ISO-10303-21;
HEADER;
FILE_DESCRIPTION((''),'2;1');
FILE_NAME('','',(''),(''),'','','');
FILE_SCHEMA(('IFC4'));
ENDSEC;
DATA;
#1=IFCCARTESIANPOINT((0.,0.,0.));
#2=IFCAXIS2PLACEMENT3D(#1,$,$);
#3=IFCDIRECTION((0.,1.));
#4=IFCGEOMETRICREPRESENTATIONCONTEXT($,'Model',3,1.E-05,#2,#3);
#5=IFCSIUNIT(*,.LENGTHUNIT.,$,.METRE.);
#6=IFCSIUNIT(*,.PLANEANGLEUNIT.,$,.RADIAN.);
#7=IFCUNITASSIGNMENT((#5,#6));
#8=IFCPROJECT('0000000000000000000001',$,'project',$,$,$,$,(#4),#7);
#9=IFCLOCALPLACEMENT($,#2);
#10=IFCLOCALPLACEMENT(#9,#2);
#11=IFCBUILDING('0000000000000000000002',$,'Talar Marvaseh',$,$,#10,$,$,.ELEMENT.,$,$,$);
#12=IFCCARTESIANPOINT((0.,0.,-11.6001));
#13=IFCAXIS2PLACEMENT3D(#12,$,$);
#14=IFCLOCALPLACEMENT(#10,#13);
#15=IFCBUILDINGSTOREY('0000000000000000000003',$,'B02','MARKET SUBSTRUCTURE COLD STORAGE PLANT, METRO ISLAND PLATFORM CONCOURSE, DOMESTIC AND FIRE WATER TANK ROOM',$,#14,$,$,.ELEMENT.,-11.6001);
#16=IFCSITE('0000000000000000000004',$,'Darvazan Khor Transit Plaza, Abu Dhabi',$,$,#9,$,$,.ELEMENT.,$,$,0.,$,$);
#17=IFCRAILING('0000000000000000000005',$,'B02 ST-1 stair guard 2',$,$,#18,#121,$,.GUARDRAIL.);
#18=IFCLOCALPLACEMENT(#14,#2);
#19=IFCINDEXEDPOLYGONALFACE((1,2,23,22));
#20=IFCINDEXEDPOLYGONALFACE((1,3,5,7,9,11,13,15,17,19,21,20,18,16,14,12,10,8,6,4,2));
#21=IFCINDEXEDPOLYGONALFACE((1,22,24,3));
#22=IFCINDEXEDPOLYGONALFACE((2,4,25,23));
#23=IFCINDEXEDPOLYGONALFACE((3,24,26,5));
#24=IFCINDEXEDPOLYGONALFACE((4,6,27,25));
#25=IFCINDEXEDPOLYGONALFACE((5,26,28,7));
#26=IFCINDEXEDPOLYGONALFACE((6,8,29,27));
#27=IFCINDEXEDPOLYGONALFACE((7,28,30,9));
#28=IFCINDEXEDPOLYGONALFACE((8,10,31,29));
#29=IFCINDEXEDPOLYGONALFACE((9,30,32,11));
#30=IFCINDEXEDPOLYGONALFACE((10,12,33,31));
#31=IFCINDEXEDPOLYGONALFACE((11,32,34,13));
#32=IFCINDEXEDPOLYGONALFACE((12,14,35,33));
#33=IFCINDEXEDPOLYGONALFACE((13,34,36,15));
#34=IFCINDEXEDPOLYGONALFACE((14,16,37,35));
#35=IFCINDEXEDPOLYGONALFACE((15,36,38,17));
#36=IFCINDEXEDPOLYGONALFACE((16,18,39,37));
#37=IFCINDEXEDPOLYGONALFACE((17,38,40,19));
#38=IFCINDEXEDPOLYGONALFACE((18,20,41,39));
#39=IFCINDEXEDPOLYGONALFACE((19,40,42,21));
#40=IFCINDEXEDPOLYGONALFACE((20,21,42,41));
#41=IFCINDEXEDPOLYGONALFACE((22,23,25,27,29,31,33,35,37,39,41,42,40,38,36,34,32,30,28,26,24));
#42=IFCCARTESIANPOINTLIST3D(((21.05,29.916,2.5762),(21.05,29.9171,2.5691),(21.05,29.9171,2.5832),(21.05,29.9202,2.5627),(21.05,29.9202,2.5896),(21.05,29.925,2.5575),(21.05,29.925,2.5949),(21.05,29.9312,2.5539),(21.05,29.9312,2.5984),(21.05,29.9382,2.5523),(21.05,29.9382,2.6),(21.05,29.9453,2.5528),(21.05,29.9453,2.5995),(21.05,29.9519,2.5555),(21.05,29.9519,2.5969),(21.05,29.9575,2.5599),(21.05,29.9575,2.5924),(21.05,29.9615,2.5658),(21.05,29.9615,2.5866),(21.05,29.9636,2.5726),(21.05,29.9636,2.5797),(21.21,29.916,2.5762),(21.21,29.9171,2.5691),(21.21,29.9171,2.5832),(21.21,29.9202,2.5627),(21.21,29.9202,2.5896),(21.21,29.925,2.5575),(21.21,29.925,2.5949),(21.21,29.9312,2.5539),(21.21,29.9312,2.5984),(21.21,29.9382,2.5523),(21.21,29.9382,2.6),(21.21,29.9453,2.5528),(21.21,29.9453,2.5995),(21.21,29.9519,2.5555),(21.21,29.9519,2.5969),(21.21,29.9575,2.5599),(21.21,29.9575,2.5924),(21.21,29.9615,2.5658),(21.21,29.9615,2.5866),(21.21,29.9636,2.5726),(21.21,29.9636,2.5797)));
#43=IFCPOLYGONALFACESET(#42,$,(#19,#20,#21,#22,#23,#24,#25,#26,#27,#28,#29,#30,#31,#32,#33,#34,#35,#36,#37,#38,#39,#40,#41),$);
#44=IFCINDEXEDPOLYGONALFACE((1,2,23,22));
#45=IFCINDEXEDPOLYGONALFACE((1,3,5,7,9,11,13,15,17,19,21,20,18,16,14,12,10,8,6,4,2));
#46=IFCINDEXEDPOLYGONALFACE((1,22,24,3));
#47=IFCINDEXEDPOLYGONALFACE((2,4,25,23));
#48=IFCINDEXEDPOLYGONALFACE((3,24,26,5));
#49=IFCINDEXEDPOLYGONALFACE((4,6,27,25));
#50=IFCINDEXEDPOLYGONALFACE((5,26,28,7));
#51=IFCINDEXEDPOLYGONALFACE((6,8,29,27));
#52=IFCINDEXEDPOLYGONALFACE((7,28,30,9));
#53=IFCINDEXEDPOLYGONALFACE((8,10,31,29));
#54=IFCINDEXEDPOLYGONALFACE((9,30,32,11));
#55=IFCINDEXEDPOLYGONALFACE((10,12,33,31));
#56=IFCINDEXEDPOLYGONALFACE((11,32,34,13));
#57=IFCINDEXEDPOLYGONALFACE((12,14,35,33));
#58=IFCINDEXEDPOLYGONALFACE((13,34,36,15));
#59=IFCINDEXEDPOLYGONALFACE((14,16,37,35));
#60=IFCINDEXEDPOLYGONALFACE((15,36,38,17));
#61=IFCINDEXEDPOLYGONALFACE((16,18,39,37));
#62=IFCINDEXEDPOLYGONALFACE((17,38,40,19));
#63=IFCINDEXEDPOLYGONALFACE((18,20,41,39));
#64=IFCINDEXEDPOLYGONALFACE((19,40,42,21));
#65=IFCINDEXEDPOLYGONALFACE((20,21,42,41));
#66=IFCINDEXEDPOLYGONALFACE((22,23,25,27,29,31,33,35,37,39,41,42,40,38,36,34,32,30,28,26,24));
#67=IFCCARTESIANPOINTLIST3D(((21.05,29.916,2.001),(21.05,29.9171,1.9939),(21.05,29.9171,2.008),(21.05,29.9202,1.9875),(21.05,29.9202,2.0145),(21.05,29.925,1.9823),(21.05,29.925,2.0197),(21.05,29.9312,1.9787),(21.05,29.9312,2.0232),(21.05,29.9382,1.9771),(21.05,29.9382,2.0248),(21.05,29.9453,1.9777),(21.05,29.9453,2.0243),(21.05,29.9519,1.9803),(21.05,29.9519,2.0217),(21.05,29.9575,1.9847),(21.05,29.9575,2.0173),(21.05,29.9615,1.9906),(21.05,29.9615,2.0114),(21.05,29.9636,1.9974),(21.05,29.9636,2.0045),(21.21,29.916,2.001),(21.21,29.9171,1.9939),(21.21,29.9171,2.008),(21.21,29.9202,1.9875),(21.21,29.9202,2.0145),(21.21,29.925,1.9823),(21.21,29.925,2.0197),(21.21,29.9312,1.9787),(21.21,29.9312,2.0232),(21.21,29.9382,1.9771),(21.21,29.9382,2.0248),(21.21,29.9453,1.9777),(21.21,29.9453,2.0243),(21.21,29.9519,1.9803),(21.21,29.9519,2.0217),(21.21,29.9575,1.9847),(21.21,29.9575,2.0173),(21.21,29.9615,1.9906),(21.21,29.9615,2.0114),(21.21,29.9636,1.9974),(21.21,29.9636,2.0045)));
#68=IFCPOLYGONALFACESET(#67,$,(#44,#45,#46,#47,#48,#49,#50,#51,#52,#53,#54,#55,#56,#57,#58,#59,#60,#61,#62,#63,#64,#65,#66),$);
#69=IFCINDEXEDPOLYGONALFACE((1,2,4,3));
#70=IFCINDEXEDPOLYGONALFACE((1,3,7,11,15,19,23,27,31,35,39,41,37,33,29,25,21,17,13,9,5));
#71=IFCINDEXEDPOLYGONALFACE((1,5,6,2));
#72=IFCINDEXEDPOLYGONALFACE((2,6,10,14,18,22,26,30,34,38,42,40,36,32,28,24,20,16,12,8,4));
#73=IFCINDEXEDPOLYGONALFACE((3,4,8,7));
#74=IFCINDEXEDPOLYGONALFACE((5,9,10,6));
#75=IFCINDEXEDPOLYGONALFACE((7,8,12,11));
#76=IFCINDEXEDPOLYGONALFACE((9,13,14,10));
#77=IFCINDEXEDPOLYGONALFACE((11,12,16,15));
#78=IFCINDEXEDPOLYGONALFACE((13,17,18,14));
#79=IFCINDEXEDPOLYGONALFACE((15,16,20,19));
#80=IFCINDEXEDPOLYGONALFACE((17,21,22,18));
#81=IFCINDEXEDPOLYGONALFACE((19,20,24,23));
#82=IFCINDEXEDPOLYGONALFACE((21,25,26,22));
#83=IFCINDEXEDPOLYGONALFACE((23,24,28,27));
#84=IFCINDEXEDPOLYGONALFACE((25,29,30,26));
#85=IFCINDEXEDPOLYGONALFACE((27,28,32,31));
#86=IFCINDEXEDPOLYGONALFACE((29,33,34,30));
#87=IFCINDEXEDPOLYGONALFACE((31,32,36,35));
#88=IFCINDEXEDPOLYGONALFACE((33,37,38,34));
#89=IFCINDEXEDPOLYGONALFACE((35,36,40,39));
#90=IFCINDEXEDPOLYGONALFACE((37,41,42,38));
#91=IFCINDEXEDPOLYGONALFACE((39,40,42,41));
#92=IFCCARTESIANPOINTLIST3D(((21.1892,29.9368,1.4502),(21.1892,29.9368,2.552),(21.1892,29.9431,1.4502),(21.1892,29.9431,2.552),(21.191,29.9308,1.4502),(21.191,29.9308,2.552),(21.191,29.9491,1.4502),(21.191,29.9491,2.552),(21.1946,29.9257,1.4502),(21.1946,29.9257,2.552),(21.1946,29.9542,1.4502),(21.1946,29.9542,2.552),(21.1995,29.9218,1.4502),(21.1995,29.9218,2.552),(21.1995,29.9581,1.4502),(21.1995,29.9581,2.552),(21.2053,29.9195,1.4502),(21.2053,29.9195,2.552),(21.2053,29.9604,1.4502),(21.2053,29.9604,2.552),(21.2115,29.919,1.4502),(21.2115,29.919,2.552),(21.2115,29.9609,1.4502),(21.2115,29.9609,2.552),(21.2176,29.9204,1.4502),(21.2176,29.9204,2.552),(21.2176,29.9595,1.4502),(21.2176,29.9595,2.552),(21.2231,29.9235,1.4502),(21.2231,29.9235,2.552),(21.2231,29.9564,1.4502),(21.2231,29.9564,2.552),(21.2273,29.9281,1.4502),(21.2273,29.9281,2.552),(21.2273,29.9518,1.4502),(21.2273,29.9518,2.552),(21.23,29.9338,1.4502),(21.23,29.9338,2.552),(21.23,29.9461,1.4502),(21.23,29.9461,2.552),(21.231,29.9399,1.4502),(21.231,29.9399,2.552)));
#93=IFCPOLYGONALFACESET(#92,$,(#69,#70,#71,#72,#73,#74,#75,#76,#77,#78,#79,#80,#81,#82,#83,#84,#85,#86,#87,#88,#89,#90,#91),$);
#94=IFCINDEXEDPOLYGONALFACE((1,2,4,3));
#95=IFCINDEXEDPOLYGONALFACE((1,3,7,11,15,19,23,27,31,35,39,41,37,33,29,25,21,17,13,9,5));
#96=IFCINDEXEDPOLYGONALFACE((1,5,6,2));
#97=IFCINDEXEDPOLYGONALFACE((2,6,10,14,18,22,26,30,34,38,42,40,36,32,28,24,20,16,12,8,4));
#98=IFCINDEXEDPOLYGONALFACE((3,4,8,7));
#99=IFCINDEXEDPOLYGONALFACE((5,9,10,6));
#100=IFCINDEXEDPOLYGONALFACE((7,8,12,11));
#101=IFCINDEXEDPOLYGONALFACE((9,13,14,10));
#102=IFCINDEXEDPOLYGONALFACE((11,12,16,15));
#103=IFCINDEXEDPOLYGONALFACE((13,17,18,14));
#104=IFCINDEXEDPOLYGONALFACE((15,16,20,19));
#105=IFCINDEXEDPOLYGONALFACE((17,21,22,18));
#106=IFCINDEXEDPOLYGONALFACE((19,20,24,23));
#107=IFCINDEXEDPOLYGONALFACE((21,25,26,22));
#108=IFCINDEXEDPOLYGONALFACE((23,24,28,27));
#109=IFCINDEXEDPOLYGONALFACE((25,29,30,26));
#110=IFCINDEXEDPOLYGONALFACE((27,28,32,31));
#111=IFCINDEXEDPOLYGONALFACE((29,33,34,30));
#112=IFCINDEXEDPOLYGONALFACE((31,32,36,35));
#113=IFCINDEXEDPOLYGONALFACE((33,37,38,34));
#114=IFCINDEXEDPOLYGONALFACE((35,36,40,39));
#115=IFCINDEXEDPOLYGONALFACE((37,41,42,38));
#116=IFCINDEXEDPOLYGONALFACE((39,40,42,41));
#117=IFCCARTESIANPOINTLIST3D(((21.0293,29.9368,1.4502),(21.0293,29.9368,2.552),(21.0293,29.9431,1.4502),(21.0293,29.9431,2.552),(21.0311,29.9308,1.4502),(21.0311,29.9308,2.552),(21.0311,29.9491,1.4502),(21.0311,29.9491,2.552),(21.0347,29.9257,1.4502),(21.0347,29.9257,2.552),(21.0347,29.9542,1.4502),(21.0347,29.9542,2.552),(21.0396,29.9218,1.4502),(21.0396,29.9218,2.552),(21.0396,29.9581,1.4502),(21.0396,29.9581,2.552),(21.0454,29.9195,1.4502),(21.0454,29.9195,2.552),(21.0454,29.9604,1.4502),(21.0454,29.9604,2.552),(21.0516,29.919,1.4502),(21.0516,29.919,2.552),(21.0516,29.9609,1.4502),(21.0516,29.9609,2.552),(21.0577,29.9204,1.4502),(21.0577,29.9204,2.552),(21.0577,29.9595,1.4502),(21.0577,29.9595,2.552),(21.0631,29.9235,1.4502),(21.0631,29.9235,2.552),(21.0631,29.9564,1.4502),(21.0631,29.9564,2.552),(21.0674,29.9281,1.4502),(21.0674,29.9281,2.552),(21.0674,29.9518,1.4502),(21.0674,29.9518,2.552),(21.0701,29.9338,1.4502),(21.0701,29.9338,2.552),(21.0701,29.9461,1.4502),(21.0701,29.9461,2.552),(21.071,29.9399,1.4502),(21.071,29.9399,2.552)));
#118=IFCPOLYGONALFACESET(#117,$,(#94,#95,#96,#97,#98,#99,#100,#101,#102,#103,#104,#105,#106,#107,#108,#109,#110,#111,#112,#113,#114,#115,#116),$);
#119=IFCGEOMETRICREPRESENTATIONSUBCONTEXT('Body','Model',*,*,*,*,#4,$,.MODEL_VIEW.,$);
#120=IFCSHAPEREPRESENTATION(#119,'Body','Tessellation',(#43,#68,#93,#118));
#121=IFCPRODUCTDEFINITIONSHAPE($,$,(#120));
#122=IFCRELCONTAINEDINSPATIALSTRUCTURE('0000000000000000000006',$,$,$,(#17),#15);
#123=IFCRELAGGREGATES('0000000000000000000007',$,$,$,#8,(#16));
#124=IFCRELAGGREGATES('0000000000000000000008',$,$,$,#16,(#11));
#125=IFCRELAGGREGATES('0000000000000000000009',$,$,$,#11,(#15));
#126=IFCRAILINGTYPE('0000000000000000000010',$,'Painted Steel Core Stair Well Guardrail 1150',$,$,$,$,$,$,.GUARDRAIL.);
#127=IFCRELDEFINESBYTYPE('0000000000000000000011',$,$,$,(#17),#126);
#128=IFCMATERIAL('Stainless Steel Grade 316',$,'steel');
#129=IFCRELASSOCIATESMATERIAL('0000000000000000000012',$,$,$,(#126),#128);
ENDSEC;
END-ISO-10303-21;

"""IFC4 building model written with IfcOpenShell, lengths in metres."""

from ifc_helpers import new_model, si_unit, direction, frame, origin, origin_2d, place, context, subcontext, project, spatial, circle, extrude, material, type_object, element, save


model = new_model("IFC4")

# Units and contexts
model_context = context("Model", 3, precision=1e-05, world=origin(), true_north=direction((0.0, 1.0)))
body_context = subcontext(model_context, "Body", "Model", "MODEL_VIEW")
ifc_project = project(units=[si_unit("LENGTHUNIT", "METRE"), si_unit("PLANEANGLEUNIT", "RADIAN")], contexts=[model_context])

# Site, building, storey
site_placement = place(None, origin())
site = spatial("IfcSite", under=ifc_project, at=site_placement, Name="Darvazan Khor Transit Plaza, Abu Dhabi", CompositionType="ELEMENT", RefElevation=0.0)
building_placement = place(site_placement, origin())
building = spatial("IfcBuilding", under=site, at=building_placement, Name="Talar Marvaseh", CompositionType="ELEMENT")
storey_placement = place(building_placement, frame((0.0, 0.0, -11.6001)))
storey = spatial("IfcBuildingStorey", under=building, at=storey_placement, Name="B02", Description="MARKET SUBSTRUCTURE COLD STORAGE PLANT, METRO ISLAND PLATFORM CONCOURSE, DOMESTIC AND FIRE WATER TANK ROOM", CompositionType="ELEMENT", Elevation=-11.6001)

# Railing
ifc_material_1 = material(Name="Stainless Steel Grade 316", Category="steel")
railing_type_1 = type_object("IfcRailingType", Name="Painted Steel Core Stair Well Guardrail 1150", PredefinedType="GUARDRAIL", material=ifc_material_1)
railing_1_placement = place(storey_placement, frame((21.21, 29.9399, 1.4502)))
element("IfcRailing", 1, at=railing_1_placement, inside=storey, type_object=railing_type_1, Name="B02 ST-1 stair guard 2", PredefinedType="GUARDRAIL", context=body_context, shape_type="SweptSolid", body=[
    extrude(circle(Radius=0.0239, at=origin_2d()), frame((0.0, 0.0, 1.126), z_axis=(-1.0, 0.0, 0.0), x_axis=(0.0, -1.0, 0.0)), (0.0, 0.0, 1.0), 0.1599),
    extrude(circle(Radius=0.0239, at=origin_2d()), frame((0.0, 0.0, 0.5508), z_axis=(-1.0, 0.0, 0.0), x_axis=(0.0, -1.0, 0.0)), (0.0, 0.0, 1.0), 0.1599),
    extrude(circle(Radius=0.021, at=origin_2d()), origin(), (0.0, 0.0, 1.0), 1.1018),
    extrude(circle(Radius=0.021, at=origin_2d()), frame((-0.1599, 0.0, 0.0)), (0.0, 0.0, 1.0), 1.1018),
])

save(model, "model.ifc")
